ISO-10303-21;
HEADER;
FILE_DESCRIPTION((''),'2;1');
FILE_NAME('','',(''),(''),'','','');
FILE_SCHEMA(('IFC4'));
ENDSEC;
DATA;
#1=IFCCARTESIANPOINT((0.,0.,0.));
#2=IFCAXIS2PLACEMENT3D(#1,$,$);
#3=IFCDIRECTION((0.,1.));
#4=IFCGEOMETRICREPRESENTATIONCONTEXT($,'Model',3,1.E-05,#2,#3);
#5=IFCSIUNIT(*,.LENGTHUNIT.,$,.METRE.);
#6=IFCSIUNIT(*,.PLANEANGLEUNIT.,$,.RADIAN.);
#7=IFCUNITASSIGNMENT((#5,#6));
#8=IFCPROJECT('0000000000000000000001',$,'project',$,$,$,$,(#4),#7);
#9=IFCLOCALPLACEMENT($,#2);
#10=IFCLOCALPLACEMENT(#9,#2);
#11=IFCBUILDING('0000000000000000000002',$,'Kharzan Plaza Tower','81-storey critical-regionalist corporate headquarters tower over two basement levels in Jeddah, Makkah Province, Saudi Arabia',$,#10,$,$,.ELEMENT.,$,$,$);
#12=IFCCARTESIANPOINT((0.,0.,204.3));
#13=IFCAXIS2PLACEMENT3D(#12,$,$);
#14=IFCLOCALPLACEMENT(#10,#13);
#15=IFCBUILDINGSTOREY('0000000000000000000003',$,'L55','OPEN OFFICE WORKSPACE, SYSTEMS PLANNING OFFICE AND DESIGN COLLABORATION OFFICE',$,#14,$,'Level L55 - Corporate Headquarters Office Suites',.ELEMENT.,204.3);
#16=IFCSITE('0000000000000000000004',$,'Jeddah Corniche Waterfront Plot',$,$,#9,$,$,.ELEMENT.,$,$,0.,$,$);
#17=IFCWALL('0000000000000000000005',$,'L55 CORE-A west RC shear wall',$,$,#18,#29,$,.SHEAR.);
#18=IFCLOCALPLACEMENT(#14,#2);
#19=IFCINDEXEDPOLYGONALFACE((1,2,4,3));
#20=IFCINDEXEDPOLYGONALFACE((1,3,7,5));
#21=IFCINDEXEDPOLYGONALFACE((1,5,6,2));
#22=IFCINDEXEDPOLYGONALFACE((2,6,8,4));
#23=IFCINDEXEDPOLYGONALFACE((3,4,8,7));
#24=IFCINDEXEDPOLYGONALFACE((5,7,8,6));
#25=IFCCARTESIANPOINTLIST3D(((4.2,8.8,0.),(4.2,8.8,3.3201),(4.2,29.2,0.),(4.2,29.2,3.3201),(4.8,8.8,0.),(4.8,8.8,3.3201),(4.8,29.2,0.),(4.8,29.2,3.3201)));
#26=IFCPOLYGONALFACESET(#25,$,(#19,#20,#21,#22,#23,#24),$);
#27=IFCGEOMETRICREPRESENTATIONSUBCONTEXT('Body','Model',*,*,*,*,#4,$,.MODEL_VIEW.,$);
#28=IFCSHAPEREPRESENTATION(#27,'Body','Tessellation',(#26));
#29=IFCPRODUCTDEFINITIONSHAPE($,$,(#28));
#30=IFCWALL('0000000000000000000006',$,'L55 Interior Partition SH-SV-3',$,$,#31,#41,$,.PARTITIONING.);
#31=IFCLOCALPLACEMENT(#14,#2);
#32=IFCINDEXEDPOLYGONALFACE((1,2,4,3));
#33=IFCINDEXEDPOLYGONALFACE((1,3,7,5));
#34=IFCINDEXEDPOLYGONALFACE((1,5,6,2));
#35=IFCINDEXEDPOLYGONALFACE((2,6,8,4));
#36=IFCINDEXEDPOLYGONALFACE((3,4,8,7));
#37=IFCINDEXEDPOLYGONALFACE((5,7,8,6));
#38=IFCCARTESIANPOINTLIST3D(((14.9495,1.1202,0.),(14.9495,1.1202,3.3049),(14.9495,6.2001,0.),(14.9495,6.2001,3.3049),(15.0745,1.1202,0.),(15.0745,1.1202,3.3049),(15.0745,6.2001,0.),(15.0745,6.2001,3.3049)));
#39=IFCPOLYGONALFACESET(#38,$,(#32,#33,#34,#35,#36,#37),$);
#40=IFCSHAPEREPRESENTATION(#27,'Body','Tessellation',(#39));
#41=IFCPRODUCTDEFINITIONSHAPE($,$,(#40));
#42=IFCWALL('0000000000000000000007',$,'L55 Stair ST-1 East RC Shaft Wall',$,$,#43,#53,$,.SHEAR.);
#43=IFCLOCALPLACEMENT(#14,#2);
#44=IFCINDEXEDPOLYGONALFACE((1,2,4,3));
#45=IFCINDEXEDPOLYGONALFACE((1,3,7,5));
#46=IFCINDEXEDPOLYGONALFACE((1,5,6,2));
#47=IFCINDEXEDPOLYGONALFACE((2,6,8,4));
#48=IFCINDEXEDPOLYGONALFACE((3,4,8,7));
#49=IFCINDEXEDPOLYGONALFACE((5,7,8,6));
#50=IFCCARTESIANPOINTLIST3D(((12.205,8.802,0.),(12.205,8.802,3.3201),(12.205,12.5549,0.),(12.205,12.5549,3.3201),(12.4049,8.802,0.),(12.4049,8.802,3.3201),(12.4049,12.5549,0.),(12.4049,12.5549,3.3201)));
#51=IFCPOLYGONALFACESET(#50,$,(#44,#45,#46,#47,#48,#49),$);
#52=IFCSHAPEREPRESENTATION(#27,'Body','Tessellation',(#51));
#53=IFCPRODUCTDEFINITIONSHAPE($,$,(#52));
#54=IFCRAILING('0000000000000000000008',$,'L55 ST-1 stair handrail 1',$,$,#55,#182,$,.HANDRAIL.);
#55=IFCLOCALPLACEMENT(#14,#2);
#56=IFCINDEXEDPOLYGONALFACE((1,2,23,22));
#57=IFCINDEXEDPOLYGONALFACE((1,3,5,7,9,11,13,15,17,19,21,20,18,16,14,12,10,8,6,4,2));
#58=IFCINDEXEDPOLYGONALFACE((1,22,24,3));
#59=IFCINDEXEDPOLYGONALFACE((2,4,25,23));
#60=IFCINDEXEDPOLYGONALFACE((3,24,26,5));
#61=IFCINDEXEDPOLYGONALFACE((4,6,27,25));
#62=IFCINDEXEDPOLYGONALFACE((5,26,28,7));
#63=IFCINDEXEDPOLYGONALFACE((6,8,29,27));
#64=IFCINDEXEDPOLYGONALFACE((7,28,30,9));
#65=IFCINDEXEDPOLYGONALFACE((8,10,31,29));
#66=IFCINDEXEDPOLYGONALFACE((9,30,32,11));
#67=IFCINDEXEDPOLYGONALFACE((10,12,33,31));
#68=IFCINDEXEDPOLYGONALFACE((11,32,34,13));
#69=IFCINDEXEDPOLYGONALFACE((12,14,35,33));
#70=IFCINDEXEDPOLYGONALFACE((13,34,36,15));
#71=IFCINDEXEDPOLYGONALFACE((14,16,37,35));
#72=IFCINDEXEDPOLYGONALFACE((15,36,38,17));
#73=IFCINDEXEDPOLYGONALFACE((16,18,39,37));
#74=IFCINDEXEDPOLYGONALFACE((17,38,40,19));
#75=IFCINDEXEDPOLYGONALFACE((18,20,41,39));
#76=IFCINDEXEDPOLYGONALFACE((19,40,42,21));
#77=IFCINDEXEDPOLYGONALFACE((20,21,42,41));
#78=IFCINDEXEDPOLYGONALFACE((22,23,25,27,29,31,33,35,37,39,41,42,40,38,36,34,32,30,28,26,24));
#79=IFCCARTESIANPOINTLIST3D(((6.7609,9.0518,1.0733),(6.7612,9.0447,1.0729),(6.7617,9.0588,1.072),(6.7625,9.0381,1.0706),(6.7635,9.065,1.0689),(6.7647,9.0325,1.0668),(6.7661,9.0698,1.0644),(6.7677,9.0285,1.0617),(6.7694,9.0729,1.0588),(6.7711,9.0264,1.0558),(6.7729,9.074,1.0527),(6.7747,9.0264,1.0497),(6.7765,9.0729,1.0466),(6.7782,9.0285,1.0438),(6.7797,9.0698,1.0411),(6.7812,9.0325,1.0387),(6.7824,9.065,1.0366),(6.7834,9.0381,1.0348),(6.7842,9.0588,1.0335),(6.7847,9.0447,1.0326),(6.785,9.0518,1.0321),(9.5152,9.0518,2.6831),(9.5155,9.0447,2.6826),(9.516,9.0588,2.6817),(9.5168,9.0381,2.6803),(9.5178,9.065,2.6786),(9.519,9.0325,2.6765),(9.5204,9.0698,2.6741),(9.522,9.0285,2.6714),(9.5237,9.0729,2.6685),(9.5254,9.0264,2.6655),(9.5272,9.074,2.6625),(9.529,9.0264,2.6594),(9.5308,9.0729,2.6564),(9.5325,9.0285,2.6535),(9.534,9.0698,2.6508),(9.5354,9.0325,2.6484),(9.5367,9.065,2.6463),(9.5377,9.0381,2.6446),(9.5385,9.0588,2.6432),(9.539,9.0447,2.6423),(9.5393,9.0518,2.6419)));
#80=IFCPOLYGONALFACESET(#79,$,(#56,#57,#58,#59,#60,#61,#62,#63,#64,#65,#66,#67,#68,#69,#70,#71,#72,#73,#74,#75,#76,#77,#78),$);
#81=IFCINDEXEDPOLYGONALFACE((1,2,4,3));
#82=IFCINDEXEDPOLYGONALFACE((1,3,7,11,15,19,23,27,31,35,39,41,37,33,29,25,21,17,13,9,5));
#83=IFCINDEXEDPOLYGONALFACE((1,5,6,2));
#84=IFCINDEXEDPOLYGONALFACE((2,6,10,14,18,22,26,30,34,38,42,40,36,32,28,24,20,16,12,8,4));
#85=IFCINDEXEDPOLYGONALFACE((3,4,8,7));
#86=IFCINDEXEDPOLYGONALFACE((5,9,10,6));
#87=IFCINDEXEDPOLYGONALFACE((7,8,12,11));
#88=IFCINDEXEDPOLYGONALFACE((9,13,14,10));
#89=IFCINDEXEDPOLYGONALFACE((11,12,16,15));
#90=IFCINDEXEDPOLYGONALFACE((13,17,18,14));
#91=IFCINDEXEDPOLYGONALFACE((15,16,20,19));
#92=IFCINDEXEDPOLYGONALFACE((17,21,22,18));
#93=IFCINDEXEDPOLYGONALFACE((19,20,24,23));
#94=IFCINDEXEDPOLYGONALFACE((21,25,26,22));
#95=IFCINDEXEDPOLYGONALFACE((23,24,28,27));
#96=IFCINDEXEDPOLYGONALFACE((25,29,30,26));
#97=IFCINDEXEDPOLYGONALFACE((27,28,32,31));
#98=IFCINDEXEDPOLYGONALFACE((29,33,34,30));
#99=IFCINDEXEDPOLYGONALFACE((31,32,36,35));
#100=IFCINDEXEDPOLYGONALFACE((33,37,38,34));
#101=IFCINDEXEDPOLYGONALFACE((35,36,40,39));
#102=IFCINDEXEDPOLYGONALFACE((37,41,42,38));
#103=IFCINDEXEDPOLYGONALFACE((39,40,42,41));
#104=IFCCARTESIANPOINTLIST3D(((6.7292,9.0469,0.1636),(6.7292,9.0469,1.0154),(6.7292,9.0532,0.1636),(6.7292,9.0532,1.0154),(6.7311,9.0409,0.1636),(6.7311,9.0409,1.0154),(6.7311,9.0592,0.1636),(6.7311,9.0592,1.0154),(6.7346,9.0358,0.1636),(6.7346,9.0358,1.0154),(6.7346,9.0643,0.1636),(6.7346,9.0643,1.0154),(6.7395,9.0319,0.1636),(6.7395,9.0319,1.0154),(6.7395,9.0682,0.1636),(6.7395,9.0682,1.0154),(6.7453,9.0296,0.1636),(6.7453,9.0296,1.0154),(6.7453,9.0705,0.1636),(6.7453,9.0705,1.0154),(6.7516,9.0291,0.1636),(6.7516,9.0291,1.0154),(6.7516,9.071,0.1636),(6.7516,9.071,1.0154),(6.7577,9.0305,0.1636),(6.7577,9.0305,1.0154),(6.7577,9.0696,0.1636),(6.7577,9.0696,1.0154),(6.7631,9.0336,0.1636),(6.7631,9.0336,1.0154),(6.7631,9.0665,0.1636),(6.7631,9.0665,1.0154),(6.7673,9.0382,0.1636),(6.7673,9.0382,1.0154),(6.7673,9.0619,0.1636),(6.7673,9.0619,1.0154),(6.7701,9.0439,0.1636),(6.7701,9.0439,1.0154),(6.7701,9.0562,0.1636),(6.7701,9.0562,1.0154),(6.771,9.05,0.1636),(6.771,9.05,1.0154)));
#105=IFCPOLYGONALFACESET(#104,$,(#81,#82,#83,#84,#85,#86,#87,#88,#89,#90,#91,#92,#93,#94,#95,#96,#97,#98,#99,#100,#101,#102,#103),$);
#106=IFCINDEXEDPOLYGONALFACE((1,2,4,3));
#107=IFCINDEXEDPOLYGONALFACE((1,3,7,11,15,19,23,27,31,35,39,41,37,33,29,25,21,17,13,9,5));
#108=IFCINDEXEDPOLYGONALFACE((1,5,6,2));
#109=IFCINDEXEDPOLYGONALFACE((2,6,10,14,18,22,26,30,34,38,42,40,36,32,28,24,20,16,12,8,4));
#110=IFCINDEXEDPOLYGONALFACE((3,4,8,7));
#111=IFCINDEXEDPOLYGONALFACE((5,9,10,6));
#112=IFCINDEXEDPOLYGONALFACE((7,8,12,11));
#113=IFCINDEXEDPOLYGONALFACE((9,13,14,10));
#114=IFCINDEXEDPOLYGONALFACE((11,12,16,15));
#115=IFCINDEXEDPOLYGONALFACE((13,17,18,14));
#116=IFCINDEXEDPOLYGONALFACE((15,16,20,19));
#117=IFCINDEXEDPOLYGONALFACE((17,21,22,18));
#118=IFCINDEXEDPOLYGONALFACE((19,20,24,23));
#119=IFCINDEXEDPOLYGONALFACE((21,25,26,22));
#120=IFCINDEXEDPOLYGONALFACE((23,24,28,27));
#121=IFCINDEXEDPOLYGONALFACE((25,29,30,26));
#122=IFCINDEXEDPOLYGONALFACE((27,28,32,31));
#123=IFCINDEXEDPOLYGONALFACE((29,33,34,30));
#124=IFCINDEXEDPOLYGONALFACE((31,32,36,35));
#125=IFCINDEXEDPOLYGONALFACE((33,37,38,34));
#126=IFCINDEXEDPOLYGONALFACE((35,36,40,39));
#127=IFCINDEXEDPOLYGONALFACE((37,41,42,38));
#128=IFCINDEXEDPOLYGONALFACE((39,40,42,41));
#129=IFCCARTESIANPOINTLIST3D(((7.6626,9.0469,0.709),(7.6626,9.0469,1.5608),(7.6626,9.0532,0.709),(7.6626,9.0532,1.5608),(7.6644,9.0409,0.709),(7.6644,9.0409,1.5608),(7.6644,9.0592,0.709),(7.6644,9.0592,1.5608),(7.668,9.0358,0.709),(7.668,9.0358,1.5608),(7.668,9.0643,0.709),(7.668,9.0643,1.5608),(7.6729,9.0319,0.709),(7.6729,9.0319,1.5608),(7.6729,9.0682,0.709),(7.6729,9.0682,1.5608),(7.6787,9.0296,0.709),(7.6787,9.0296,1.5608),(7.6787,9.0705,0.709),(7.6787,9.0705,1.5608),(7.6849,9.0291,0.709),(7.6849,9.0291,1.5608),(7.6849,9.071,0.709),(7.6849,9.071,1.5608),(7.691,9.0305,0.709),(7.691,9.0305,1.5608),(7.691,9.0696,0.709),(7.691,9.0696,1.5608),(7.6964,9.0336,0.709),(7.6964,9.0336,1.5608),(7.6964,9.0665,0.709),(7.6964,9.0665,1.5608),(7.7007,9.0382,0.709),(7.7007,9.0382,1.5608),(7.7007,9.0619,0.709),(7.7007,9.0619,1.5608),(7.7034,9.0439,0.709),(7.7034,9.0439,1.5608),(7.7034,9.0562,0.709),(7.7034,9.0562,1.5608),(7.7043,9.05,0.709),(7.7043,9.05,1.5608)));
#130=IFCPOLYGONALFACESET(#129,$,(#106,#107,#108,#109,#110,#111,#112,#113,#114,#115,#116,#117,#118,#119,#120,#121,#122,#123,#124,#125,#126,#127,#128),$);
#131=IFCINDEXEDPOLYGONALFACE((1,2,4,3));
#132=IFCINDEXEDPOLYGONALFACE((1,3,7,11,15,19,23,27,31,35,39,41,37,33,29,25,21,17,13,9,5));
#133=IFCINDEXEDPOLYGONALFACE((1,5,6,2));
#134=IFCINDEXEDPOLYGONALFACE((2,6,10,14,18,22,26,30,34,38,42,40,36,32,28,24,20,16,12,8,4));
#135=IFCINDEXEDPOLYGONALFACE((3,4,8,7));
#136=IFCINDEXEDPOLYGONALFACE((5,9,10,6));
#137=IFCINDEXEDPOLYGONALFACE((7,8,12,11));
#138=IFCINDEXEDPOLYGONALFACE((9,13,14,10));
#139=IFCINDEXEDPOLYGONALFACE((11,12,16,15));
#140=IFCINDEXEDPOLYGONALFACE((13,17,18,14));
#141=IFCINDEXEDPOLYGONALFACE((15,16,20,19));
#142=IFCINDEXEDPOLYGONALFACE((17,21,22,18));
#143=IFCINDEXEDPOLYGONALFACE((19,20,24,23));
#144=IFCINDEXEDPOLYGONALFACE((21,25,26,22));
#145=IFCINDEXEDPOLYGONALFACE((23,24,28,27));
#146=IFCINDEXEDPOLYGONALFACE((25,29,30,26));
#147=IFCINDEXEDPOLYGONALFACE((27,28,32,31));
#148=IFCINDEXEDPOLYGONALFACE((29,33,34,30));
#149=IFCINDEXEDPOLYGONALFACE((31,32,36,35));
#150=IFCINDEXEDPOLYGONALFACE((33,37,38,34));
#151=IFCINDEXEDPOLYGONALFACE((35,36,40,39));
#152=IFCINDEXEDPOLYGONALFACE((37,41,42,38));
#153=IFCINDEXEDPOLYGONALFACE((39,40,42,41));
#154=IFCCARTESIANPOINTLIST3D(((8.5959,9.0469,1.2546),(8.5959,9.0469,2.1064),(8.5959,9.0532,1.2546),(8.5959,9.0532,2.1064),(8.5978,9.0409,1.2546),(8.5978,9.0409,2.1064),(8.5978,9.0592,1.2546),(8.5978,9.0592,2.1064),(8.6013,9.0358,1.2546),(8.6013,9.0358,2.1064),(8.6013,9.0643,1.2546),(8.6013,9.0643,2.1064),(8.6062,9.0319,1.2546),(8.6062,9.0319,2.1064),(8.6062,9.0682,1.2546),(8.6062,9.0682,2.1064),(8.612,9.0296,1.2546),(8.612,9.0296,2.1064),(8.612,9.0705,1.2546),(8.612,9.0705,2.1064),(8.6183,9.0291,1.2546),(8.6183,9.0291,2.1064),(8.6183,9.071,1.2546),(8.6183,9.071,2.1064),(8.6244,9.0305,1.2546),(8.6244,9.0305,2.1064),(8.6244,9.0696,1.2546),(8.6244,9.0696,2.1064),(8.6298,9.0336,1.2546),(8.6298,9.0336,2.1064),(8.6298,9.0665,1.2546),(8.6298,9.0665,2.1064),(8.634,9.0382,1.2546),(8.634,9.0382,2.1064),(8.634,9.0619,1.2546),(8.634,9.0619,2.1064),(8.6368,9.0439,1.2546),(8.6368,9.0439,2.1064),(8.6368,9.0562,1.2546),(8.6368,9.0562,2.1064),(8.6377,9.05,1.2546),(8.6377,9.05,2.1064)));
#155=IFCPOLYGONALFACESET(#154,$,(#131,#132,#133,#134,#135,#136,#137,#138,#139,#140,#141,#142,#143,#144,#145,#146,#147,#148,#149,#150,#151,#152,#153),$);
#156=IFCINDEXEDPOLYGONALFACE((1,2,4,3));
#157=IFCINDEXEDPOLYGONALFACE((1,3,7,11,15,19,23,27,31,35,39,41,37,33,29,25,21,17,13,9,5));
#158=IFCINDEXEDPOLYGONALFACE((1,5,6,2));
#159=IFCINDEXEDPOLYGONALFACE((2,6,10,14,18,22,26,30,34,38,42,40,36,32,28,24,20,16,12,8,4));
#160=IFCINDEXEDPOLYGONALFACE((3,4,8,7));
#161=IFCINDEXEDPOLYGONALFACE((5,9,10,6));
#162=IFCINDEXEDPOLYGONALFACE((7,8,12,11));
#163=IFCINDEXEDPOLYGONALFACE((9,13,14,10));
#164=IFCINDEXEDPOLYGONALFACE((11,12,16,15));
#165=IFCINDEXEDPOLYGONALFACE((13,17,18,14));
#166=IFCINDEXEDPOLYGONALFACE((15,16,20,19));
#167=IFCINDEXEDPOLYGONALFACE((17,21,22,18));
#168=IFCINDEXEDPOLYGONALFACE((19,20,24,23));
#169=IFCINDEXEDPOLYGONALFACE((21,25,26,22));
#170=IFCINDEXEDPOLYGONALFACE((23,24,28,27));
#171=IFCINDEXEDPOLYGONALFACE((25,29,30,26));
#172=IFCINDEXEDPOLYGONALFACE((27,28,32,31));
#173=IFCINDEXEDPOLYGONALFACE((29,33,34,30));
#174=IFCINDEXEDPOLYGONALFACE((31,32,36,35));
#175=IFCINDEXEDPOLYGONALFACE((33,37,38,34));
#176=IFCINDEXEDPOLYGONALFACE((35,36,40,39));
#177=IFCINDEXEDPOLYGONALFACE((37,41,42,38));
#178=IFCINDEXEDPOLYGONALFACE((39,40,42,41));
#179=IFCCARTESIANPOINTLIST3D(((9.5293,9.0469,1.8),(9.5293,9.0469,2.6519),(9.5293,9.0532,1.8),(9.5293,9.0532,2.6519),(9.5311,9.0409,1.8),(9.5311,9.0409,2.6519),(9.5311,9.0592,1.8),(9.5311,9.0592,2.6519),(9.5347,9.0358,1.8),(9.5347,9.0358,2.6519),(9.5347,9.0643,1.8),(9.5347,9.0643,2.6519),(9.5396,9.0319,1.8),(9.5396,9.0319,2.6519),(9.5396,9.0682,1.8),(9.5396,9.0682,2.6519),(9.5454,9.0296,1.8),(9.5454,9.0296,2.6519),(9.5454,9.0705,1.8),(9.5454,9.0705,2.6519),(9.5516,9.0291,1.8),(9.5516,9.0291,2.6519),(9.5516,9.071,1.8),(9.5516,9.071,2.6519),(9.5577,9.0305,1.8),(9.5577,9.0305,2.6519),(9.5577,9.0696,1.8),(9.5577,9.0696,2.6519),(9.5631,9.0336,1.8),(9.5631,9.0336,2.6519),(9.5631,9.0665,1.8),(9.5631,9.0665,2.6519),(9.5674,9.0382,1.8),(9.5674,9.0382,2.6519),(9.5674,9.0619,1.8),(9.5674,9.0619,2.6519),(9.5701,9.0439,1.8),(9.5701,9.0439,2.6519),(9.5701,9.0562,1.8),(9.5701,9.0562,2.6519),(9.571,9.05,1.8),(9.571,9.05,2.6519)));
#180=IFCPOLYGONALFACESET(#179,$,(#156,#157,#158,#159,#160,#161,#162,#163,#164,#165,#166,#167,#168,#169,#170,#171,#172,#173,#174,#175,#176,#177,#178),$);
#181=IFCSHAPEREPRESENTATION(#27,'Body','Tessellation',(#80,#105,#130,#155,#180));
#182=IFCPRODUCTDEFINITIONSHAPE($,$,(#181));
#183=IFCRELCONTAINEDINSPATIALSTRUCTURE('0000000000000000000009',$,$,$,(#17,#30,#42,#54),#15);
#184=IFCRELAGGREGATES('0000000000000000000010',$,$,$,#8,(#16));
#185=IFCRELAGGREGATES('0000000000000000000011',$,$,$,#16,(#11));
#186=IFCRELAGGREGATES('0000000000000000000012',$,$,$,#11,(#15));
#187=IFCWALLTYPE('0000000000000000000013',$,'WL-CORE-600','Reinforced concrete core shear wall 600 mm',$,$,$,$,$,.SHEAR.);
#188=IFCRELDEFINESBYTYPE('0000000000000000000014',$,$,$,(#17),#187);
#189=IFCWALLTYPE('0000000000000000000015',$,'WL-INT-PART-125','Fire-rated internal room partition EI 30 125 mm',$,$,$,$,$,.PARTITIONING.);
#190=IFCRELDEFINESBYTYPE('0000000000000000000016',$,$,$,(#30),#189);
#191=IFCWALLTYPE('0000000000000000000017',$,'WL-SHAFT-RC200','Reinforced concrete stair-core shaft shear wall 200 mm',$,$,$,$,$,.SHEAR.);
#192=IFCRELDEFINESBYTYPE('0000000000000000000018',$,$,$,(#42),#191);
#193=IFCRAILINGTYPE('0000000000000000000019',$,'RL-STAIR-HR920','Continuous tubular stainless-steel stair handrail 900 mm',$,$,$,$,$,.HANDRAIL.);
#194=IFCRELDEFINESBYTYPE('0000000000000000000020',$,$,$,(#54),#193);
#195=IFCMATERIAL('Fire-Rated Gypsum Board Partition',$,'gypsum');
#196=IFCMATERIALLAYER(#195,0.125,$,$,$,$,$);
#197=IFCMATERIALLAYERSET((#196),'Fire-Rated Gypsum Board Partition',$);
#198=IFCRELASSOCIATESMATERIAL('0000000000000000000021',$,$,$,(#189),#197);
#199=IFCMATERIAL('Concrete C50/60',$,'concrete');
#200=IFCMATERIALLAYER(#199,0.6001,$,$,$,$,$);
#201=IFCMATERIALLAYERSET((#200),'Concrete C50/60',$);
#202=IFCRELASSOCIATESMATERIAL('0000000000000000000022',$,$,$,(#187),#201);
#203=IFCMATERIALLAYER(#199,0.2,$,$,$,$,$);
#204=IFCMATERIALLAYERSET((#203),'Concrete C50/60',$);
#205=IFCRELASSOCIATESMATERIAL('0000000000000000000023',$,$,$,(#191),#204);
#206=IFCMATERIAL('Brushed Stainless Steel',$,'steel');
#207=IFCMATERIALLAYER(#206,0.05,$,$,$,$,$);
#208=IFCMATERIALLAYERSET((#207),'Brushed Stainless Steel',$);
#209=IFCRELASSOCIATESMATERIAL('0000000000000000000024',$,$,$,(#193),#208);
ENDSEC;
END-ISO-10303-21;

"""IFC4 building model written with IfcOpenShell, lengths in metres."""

from ifc_helpers import new_model, si_unit, direction, frame, frame_2d, origin, origin_2d, place, context, subcontext, project, spatial, rectangle, circle, extrude, source, transform, mapped, material, layer, layer_set, type_object, element, save


model = new_model("IFC4")

# Units and contexts
model_context = context("Model", 3, precision=1e-05, world=origin(), true_north=direction((0.0, 1.0)))
body_context = subcontext(model_context, "Body", "Model", "MODEL_VIEW")
ifc_project = project(units=[si_unit("LENGTHUNIT", "METRE"), si_unit("PLANEANGLEUNIT", "RADIAN")], contexts=[model_context])

# Site, building, storey
site_placement = place(None, origin())
site = spatial("IfcSite", under=ifc_project, at=site_placement, Name="Jeddah Corniche Waterfront Plot", CompositionType="ELEMENT", RefElevation=0.0)
building_placement = place(site_placement, origin())
building = spatial("IfcBuilding", under=site, at=building_placement, Name="Kharzan Plaza Tower", Description="81-storey critical-regionalist corporate headquarters tower over two basement levels in Jeddah, Makkah Province, Saudi Arabia", CompositionType="ELEMENT")
storey_placement = place(building_placement, frame((0.0, 0.0, 204.3)))
storey = spatial("IfcBuildingStorey", under=building, at=storey_placement, Name="L55", Description="OPEN OFFICE WORKSPACE, SYSTEMS PLANNING OFFICE AND DESIGN COLLABORATION OFFICE", LongName="Level L55 - Corporate Headquarters Office Suites", CompositionType="ELEMENT", Elevation=204.3)

# Shared definitions
ifc_material_1 = material(Name="Concrete C50/60", Category="concrete")

# Shared definitions
ifc_material_2 = material(Name="Fire-Rated Gypsum Board Partition", Category="gypsum")
ifc_layer_1 = layer(ifc_material_2, 0.125)
ifc_layer_set_1 = layer_set([ifc_layer_1], Name="Fire-Rated Gypsum Board Partition")
wall_type_1 = type_object("IfcWallType", Name="WL-INT-PART-125", Description="Fire-rated internal room partition EI 30 125 mm", PredefinedType="PARTITIONING", material=ifc_layer_set_1)

# Walls
ifc_layer_2 = layer(ifc_material_1, 0.6001)
ifc_layer_set_2 = layer_set([ifc_layer_2], Name="Concrete C50/60")
wall_type_2 = type_object("IfcWallType", Name="WL-CORE-600", Description="Reinforced concrete core shear wall 600 mm", PredefinedType="SHEAR", material=ifc_layer_set_2)
shared_shape_1 = source(origin(), body_context, "Body", "SweptSolid", [
    extrude(rectangle(XDim=20.3999, YDim=0.6001, at=frame_2d((10.2, 0.0))), origin(), (0.0, 0.0, 1.0), 3.3201),
])
wall_1_placement = place(storey_placement, frame((4.5, 8.8, 0.0), z_axis=(0.0, 0.0, 1.0), x_axis=(0.0, 1.0, 0.0)))
element("IfcWall", 1, at=wall_1_placement, inside=storey, type_object=wall_type_2, Name="L55 CORE-A west RC shear wall", PredefinedType="SHEAR", context=body_context, shape_type="MappedRepresentation", body=[
    mapped(shared_shape_1, transform((0.0, 0.0, 0.0), x_axis=(1.0, 0.0, 0.0), y_axis=(0.0, 1.0, 0.0), z_axis=(0.0, 0.0, 1.0))),
])
shared_shape_2 = source(origin(), body_context, "Body", "SweptSolid", [
    extrude(rectangle(XDim=5.0798, YDim=0.125, at=frame_2d((2.54, 0.0))), origin(), (0.0, 0.0, 1.0), 3.3049),
])
wall_2_placement = place(storey_placement, frame((15.012, 1.1201, 0.0), z_axis=(0.0, 0.0, 1.0), x_axis=(0.0, 1.0, 0.0)))
element("IfcWall", 2, at=wall_2_placement, inside=storey, type_object=wall_type_1, Name="L55 Interior Partition SH-SV-3", PredefinedType="PARTITIONING", context=body_context, shape_type="MappedRepresentation", body=[
    mapped(shared_shape_2, transform((0.0, 0.0, 0.0), x_axis=(1.0, 0.0, 0.0), y_axis=(0.0, 1.0, 0.0), z_axis=(0.0, 0.0, 1.0))),
])
ifc_layer_3 = layer(ifc_material_1, 0.2)
ifc_layer_set_3 = layer_set([ifc_layer_3], Name="Concrete C50/60")
wall_type_3 = type_object("IfcWallType", Name="WL-SHAFT-RC200", Description="Reinforced concrete stair-core shaft shear wall 200 mm", PredefinedType="SHEAR", material=ifc_layer_set_3)
shared_shape_3 = source(origin(), body_context, "Body", "SweptSolid", [
    extrude(rectangle(XDim=3.7529, YDim=0.2, at=frame_2d((1.8765, 0.0))), origin(), (0.0, 0.0, 1.0), 3.3201),
])
wall_3_placement = place(storey_placement, frame((12.3049, 8.802, 0.0), z_axis=(0.0, 0.0, 1.0), x_axis=(0.0, 1.0, 0.0)))
element("IfcWall", 3, at=wall_3_placement, inside=storey, type_object=wall_type_3, Name="L55 Stair ST-1 East RC Shaft Wall", PredefinedType="SHEAR", context=body_context, shape_type="MappedRepresentation", body=[
    mapped(shared_shape_3, transform((0.0, 0.0, 0.0), x_axis=(1.0, 0.0, 0.0), y_axis=(0.0, 1.0, 0.0), z_axis=(0.0, 0.0, 1.0))),
])

# Railing
ifc_material_3 = material(Name="Brushed Stainless Steel", Category="steel")
ifc_layer_4 = layer(ifc_material_3, 0.05)
ifc_layer_set_4 = layer_set([ifc_layer_4], Name="Brushed Stainless Steel")
railing_type = type_object("IfcRailingType", Name="RL-STAIR-HR920", Description="Continuous tubular stainless-steel stair handrail 900 mm", PredefinedType="HANDRAIL", material=ifc_layer_set_4)
shared_shape_4 = source(origin(), body_context, "Body", "SweptSolid", [
    extrude(circle(Radius=0.0239, at=origin_2d()), frame((0.0229, 0.0, 0.8892), z_axis=(0.863361, 0.0, 0.504587), x_axis=(0.0, 1.0, 0.0)), (0.0, 0.0, 1.0), 3.1902),
    extrude(circle(Radius=0.021, at=origin_2d()), origin(), (0.0, 0.0, 1.0), 0.8518),
    extrude(circle(Radius=0.021, at=origin_2d()), frame((0.9333, 0.0, 0.5454)), (0.0, 0.0, 1.0), 0.8518),
    extrude(circle(Radius=0.021, at=origin_2d()), frame((1.8667, 0.0, 1.0911)), (0.0, 0.0, 1.0), 0.8518),
    extrude(circle(Radius=0.021, at=origin_2d()), frame((2.8, 0.0, 1.6365)), (0.0, 0.0, 1.0), 0.8518),
])
railing_placement = place(storey_placement, frame((6.75, 9.05, 0.1636)))
element("IfcRailing", 4, at=railing_placement, inside=storey, type_object=railing_type, Name="L55 ST-1 stair handrail 1", PredefinedType="HANDRAIL", context=body_context, shape_type="MappedRepresentation", body=[
    mapped(shared_shape_4, transform((0.0, 0.0, 0.0), x_axis=(1.0, 0.0, 0.0), y_axis=(0.0, 1.0, 0.0), z_axis=(0.0, 0.0, 1.0))),
])

save(model, "model.ifc")
